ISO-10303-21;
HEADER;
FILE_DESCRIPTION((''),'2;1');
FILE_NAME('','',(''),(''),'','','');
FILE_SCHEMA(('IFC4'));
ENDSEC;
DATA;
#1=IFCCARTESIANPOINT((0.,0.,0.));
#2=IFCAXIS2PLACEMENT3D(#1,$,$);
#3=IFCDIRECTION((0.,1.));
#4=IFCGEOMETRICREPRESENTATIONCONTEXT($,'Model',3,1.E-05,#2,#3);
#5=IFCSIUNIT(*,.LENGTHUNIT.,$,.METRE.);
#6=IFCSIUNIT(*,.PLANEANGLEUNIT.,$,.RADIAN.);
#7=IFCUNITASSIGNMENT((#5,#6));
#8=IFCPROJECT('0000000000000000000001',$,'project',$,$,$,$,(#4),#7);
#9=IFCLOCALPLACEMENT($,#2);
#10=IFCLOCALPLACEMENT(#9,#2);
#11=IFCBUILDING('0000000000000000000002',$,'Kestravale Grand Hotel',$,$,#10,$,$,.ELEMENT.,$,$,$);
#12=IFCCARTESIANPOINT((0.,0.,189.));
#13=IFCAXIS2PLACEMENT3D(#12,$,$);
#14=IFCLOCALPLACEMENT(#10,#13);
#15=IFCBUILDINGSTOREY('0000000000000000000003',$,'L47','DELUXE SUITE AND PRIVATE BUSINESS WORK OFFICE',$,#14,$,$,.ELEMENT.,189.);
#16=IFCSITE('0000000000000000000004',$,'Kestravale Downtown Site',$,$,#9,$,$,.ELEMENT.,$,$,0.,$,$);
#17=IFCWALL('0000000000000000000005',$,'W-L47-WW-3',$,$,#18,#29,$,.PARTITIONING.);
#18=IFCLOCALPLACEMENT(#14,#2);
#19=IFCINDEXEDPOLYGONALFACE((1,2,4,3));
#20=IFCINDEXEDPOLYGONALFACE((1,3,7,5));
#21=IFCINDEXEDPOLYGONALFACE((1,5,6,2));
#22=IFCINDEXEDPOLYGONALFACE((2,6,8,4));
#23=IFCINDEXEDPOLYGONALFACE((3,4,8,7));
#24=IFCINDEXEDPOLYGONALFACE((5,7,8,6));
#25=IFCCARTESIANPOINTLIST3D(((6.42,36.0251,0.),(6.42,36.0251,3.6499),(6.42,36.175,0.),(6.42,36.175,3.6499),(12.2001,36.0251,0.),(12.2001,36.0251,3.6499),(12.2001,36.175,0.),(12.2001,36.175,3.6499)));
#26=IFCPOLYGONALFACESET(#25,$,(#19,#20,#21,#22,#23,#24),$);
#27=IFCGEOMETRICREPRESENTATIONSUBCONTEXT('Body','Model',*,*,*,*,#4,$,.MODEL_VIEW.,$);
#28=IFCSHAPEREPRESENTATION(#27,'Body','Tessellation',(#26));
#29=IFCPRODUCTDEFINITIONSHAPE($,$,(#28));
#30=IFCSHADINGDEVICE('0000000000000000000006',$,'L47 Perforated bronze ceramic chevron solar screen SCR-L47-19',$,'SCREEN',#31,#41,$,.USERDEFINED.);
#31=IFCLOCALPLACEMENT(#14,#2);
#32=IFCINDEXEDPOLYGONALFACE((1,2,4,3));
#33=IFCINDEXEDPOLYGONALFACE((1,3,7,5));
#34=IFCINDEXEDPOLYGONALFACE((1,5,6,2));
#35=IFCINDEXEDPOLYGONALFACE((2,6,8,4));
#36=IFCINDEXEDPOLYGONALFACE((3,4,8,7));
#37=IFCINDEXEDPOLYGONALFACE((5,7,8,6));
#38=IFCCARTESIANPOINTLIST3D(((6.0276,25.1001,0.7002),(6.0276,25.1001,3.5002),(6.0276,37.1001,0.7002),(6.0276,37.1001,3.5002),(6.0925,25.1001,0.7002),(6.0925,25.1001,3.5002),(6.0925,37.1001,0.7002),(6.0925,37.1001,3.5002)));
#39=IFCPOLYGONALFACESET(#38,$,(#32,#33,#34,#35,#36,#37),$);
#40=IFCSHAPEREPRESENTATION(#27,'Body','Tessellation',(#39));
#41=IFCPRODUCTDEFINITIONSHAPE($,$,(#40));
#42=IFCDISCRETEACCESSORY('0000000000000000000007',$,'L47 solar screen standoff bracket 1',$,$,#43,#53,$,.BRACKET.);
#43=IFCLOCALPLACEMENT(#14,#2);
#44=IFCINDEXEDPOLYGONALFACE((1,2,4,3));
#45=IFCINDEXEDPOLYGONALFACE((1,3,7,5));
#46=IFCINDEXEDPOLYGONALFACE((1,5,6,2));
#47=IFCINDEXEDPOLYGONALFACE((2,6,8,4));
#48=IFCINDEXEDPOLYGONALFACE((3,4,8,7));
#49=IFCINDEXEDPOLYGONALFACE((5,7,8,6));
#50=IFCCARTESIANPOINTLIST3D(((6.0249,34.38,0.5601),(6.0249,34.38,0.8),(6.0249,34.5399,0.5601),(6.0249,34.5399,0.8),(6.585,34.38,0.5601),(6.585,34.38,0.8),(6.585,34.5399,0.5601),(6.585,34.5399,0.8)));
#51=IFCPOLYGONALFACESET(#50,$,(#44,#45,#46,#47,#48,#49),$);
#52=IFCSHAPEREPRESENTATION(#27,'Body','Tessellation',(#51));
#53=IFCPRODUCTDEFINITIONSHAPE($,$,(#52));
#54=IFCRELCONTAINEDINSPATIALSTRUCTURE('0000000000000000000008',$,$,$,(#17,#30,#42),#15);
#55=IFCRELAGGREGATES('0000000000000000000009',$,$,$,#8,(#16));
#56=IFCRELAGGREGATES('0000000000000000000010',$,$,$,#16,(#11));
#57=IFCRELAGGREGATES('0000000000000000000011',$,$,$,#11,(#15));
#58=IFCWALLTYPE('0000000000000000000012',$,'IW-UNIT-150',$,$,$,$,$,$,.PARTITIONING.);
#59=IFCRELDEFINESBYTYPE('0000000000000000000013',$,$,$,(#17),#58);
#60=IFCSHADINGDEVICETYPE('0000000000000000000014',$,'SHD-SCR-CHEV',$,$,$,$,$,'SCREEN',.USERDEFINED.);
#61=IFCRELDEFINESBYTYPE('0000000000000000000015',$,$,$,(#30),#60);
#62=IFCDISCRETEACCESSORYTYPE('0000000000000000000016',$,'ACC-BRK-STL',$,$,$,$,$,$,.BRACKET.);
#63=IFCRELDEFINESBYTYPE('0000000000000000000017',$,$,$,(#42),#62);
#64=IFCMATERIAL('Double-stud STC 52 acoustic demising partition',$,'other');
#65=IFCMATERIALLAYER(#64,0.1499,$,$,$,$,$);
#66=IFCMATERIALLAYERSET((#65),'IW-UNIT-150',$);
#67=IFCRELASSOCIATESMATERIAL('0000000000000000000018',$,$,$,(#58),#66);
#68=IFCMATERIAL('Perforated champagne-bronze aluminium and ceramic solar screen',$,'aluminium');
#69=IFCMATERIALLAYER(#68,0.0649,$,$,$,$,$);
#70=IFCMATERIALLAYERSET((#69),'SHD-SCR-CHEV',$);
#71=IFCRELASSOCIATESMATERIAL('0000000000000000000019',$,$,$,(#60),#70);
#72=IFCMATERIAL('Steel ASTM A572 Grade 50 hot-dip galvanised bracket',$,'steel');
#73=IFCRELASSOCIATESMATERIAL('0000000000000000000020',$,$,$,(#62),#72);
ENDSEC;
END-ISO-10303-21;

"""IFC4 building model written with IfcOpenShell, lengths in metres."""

from ifc_helpers import new_model, si_unit, direction, frame, frame_2d, origin, origin_2d, place, context, subcontext, project, spatial, rectangle, extrude, material, layer, layer_set, type_object, element, save


model = new_model("IFC4")

# Units and contexts
model_context = context("Model", 3, precision=1e-05, world=origin(), true_north=direction((0.0, 1.0)))
body_context = subcontext(model_context, "Body", "Model", "MODEL_VIEW")
ifc_project = project(units=[si_unit("LENGTHUNIT", "METRE"), si_unit("PLANEANGLEUNIT", "RADIAN")], contexts=[model_context])

# Site, building, storey
site_placement = place(None, origin())
site = spatial("IfcSite", under=ifc_project, at=site_placement, Name="Kestravale Downtown Site", CompositionType="ELEMENT", RefElevation=0.0)
building_placement = place(site_placement, origin())
building = spatial("IfcBuilding", under=site, at=building_placement, Name="Kestravale Grand Hotel", CompositionType="ELEMENT")
storey_placement = place(building_placement, frame((0.0, 0.0, 189.0)))
storey = spatial("IfcBuildingStorey", under=building, at=storey_placement, Name="L47", Description="DELUXE SUITE AND PRIVATE BUSINESS WORK OFFICE", CompositionType="ELEMENT", Elevation=189.0)

# Wall
ifc_material_1 = material(Name="Double-stud STC 52 acoustic demising partition", Category="other")
ifc_layer_1 = layer(ifc_material_1, 0.1499)
ifc_layer_set_1 = layer_set([ifc_layer_1], Name="IW-UNIT-150")
wall_type_1 = type_object("IfcWallType", Name="IW-UNIT-150", PredefinedType="PARTITIONING", material=ifc_layer_set_1)
wall_1_placement = place(storey_placement, frame((6.4199, 36.1001, 0.0), z_axis=(0.0, 0.0, 1.0), x_axis=(1.0, 0.0, 0.0)))
element("IfcWall", 1, at=wall_1_placement, inside=storey, type_object=wall_type_1, Name="W-L47-WW-3", PredefinedType="PARTITIONING", context=body_context, shape_type="SweptSolid", body=[
    extrude(rectangle(XDim=5.78, YDim=0.1499, at=frame_2d((2.8901, 0.0))), origin(), (0.0, 0.0, 1.0), 3.6499),
])

# Shading device
ifc_material_2 = material(Name="Perforated champagne-bronze aluminium and ceramic solar screen", Category="aluminium")
ifc_layer_2 = layer(ifc_material_2, 0.0649)
ifc_layer_set_2 = layer_set([ifc_layer_2], Name="SHD-SCR-CHEV")
shading_device_type = type_object("IfcShadingDeviceType", Name="SHD-SCR-CHEV", ElementType="SCREEN", PredefinedType="USERDEFINED", material=ifc_layer_set_2)
shading_device_placement = place(storey_placement, frame((6.0601, 31.1001, 0.7002), z_axis=(0.0, 0.0, 1.0), x_axis=(0.0, -1.0, 0.0)))
element("IfcShadingDevice", 2, at=shading_device_placement, inside=storey, type_object=shading_device_type, Name="L47 Perforated bronze ceramic chevron solar screen SCR-L47-19", ObjectType="SCREEN", PredefinedType="USERDEFINED", context=body_context, shape_type="SweptSolid", body=[
    extrude(rectangle(XDim=12.0, YDim=0.0649, at=origin_2d()), origin(), (0.0, 0.0, 1.0), 2.8),
])

# Discrete accessory
ifc_material_3 = material(Name="Steel ASTM A572 Grade 50 hot-dip galvanised bracket", Category="steel")
discrete_accessory_type = type_object("IfcDiscreteAccessoryType", Name="ACC-BRK-STL", PredefinedType="BRACKET", material=ifc_material_3)
discrete_accessory_placement = place(storey_placement, frame((6.3049, 34.46, 0.5601), z_axis=(0.0, 0.0, 1.0), x_axis=(0.0, -1.0, 0.0)))
element("IfcDiscreteAccessory", 3, at=discrete_accessory_placement, inside=storey, type_object=discrete_accessory_type, Name="L47 solar screen standoff bracket 1", PredefinedType="BRACKET", context=body_context, shape_type="SweptSolid", body=[
    extrude(rectangle(XDim=0.1599, YDim=0.5601, at=origin_2d()), origin(), (0.0, 0.0, 1.0), 0.24),
])

save(model, "model.ifc")
